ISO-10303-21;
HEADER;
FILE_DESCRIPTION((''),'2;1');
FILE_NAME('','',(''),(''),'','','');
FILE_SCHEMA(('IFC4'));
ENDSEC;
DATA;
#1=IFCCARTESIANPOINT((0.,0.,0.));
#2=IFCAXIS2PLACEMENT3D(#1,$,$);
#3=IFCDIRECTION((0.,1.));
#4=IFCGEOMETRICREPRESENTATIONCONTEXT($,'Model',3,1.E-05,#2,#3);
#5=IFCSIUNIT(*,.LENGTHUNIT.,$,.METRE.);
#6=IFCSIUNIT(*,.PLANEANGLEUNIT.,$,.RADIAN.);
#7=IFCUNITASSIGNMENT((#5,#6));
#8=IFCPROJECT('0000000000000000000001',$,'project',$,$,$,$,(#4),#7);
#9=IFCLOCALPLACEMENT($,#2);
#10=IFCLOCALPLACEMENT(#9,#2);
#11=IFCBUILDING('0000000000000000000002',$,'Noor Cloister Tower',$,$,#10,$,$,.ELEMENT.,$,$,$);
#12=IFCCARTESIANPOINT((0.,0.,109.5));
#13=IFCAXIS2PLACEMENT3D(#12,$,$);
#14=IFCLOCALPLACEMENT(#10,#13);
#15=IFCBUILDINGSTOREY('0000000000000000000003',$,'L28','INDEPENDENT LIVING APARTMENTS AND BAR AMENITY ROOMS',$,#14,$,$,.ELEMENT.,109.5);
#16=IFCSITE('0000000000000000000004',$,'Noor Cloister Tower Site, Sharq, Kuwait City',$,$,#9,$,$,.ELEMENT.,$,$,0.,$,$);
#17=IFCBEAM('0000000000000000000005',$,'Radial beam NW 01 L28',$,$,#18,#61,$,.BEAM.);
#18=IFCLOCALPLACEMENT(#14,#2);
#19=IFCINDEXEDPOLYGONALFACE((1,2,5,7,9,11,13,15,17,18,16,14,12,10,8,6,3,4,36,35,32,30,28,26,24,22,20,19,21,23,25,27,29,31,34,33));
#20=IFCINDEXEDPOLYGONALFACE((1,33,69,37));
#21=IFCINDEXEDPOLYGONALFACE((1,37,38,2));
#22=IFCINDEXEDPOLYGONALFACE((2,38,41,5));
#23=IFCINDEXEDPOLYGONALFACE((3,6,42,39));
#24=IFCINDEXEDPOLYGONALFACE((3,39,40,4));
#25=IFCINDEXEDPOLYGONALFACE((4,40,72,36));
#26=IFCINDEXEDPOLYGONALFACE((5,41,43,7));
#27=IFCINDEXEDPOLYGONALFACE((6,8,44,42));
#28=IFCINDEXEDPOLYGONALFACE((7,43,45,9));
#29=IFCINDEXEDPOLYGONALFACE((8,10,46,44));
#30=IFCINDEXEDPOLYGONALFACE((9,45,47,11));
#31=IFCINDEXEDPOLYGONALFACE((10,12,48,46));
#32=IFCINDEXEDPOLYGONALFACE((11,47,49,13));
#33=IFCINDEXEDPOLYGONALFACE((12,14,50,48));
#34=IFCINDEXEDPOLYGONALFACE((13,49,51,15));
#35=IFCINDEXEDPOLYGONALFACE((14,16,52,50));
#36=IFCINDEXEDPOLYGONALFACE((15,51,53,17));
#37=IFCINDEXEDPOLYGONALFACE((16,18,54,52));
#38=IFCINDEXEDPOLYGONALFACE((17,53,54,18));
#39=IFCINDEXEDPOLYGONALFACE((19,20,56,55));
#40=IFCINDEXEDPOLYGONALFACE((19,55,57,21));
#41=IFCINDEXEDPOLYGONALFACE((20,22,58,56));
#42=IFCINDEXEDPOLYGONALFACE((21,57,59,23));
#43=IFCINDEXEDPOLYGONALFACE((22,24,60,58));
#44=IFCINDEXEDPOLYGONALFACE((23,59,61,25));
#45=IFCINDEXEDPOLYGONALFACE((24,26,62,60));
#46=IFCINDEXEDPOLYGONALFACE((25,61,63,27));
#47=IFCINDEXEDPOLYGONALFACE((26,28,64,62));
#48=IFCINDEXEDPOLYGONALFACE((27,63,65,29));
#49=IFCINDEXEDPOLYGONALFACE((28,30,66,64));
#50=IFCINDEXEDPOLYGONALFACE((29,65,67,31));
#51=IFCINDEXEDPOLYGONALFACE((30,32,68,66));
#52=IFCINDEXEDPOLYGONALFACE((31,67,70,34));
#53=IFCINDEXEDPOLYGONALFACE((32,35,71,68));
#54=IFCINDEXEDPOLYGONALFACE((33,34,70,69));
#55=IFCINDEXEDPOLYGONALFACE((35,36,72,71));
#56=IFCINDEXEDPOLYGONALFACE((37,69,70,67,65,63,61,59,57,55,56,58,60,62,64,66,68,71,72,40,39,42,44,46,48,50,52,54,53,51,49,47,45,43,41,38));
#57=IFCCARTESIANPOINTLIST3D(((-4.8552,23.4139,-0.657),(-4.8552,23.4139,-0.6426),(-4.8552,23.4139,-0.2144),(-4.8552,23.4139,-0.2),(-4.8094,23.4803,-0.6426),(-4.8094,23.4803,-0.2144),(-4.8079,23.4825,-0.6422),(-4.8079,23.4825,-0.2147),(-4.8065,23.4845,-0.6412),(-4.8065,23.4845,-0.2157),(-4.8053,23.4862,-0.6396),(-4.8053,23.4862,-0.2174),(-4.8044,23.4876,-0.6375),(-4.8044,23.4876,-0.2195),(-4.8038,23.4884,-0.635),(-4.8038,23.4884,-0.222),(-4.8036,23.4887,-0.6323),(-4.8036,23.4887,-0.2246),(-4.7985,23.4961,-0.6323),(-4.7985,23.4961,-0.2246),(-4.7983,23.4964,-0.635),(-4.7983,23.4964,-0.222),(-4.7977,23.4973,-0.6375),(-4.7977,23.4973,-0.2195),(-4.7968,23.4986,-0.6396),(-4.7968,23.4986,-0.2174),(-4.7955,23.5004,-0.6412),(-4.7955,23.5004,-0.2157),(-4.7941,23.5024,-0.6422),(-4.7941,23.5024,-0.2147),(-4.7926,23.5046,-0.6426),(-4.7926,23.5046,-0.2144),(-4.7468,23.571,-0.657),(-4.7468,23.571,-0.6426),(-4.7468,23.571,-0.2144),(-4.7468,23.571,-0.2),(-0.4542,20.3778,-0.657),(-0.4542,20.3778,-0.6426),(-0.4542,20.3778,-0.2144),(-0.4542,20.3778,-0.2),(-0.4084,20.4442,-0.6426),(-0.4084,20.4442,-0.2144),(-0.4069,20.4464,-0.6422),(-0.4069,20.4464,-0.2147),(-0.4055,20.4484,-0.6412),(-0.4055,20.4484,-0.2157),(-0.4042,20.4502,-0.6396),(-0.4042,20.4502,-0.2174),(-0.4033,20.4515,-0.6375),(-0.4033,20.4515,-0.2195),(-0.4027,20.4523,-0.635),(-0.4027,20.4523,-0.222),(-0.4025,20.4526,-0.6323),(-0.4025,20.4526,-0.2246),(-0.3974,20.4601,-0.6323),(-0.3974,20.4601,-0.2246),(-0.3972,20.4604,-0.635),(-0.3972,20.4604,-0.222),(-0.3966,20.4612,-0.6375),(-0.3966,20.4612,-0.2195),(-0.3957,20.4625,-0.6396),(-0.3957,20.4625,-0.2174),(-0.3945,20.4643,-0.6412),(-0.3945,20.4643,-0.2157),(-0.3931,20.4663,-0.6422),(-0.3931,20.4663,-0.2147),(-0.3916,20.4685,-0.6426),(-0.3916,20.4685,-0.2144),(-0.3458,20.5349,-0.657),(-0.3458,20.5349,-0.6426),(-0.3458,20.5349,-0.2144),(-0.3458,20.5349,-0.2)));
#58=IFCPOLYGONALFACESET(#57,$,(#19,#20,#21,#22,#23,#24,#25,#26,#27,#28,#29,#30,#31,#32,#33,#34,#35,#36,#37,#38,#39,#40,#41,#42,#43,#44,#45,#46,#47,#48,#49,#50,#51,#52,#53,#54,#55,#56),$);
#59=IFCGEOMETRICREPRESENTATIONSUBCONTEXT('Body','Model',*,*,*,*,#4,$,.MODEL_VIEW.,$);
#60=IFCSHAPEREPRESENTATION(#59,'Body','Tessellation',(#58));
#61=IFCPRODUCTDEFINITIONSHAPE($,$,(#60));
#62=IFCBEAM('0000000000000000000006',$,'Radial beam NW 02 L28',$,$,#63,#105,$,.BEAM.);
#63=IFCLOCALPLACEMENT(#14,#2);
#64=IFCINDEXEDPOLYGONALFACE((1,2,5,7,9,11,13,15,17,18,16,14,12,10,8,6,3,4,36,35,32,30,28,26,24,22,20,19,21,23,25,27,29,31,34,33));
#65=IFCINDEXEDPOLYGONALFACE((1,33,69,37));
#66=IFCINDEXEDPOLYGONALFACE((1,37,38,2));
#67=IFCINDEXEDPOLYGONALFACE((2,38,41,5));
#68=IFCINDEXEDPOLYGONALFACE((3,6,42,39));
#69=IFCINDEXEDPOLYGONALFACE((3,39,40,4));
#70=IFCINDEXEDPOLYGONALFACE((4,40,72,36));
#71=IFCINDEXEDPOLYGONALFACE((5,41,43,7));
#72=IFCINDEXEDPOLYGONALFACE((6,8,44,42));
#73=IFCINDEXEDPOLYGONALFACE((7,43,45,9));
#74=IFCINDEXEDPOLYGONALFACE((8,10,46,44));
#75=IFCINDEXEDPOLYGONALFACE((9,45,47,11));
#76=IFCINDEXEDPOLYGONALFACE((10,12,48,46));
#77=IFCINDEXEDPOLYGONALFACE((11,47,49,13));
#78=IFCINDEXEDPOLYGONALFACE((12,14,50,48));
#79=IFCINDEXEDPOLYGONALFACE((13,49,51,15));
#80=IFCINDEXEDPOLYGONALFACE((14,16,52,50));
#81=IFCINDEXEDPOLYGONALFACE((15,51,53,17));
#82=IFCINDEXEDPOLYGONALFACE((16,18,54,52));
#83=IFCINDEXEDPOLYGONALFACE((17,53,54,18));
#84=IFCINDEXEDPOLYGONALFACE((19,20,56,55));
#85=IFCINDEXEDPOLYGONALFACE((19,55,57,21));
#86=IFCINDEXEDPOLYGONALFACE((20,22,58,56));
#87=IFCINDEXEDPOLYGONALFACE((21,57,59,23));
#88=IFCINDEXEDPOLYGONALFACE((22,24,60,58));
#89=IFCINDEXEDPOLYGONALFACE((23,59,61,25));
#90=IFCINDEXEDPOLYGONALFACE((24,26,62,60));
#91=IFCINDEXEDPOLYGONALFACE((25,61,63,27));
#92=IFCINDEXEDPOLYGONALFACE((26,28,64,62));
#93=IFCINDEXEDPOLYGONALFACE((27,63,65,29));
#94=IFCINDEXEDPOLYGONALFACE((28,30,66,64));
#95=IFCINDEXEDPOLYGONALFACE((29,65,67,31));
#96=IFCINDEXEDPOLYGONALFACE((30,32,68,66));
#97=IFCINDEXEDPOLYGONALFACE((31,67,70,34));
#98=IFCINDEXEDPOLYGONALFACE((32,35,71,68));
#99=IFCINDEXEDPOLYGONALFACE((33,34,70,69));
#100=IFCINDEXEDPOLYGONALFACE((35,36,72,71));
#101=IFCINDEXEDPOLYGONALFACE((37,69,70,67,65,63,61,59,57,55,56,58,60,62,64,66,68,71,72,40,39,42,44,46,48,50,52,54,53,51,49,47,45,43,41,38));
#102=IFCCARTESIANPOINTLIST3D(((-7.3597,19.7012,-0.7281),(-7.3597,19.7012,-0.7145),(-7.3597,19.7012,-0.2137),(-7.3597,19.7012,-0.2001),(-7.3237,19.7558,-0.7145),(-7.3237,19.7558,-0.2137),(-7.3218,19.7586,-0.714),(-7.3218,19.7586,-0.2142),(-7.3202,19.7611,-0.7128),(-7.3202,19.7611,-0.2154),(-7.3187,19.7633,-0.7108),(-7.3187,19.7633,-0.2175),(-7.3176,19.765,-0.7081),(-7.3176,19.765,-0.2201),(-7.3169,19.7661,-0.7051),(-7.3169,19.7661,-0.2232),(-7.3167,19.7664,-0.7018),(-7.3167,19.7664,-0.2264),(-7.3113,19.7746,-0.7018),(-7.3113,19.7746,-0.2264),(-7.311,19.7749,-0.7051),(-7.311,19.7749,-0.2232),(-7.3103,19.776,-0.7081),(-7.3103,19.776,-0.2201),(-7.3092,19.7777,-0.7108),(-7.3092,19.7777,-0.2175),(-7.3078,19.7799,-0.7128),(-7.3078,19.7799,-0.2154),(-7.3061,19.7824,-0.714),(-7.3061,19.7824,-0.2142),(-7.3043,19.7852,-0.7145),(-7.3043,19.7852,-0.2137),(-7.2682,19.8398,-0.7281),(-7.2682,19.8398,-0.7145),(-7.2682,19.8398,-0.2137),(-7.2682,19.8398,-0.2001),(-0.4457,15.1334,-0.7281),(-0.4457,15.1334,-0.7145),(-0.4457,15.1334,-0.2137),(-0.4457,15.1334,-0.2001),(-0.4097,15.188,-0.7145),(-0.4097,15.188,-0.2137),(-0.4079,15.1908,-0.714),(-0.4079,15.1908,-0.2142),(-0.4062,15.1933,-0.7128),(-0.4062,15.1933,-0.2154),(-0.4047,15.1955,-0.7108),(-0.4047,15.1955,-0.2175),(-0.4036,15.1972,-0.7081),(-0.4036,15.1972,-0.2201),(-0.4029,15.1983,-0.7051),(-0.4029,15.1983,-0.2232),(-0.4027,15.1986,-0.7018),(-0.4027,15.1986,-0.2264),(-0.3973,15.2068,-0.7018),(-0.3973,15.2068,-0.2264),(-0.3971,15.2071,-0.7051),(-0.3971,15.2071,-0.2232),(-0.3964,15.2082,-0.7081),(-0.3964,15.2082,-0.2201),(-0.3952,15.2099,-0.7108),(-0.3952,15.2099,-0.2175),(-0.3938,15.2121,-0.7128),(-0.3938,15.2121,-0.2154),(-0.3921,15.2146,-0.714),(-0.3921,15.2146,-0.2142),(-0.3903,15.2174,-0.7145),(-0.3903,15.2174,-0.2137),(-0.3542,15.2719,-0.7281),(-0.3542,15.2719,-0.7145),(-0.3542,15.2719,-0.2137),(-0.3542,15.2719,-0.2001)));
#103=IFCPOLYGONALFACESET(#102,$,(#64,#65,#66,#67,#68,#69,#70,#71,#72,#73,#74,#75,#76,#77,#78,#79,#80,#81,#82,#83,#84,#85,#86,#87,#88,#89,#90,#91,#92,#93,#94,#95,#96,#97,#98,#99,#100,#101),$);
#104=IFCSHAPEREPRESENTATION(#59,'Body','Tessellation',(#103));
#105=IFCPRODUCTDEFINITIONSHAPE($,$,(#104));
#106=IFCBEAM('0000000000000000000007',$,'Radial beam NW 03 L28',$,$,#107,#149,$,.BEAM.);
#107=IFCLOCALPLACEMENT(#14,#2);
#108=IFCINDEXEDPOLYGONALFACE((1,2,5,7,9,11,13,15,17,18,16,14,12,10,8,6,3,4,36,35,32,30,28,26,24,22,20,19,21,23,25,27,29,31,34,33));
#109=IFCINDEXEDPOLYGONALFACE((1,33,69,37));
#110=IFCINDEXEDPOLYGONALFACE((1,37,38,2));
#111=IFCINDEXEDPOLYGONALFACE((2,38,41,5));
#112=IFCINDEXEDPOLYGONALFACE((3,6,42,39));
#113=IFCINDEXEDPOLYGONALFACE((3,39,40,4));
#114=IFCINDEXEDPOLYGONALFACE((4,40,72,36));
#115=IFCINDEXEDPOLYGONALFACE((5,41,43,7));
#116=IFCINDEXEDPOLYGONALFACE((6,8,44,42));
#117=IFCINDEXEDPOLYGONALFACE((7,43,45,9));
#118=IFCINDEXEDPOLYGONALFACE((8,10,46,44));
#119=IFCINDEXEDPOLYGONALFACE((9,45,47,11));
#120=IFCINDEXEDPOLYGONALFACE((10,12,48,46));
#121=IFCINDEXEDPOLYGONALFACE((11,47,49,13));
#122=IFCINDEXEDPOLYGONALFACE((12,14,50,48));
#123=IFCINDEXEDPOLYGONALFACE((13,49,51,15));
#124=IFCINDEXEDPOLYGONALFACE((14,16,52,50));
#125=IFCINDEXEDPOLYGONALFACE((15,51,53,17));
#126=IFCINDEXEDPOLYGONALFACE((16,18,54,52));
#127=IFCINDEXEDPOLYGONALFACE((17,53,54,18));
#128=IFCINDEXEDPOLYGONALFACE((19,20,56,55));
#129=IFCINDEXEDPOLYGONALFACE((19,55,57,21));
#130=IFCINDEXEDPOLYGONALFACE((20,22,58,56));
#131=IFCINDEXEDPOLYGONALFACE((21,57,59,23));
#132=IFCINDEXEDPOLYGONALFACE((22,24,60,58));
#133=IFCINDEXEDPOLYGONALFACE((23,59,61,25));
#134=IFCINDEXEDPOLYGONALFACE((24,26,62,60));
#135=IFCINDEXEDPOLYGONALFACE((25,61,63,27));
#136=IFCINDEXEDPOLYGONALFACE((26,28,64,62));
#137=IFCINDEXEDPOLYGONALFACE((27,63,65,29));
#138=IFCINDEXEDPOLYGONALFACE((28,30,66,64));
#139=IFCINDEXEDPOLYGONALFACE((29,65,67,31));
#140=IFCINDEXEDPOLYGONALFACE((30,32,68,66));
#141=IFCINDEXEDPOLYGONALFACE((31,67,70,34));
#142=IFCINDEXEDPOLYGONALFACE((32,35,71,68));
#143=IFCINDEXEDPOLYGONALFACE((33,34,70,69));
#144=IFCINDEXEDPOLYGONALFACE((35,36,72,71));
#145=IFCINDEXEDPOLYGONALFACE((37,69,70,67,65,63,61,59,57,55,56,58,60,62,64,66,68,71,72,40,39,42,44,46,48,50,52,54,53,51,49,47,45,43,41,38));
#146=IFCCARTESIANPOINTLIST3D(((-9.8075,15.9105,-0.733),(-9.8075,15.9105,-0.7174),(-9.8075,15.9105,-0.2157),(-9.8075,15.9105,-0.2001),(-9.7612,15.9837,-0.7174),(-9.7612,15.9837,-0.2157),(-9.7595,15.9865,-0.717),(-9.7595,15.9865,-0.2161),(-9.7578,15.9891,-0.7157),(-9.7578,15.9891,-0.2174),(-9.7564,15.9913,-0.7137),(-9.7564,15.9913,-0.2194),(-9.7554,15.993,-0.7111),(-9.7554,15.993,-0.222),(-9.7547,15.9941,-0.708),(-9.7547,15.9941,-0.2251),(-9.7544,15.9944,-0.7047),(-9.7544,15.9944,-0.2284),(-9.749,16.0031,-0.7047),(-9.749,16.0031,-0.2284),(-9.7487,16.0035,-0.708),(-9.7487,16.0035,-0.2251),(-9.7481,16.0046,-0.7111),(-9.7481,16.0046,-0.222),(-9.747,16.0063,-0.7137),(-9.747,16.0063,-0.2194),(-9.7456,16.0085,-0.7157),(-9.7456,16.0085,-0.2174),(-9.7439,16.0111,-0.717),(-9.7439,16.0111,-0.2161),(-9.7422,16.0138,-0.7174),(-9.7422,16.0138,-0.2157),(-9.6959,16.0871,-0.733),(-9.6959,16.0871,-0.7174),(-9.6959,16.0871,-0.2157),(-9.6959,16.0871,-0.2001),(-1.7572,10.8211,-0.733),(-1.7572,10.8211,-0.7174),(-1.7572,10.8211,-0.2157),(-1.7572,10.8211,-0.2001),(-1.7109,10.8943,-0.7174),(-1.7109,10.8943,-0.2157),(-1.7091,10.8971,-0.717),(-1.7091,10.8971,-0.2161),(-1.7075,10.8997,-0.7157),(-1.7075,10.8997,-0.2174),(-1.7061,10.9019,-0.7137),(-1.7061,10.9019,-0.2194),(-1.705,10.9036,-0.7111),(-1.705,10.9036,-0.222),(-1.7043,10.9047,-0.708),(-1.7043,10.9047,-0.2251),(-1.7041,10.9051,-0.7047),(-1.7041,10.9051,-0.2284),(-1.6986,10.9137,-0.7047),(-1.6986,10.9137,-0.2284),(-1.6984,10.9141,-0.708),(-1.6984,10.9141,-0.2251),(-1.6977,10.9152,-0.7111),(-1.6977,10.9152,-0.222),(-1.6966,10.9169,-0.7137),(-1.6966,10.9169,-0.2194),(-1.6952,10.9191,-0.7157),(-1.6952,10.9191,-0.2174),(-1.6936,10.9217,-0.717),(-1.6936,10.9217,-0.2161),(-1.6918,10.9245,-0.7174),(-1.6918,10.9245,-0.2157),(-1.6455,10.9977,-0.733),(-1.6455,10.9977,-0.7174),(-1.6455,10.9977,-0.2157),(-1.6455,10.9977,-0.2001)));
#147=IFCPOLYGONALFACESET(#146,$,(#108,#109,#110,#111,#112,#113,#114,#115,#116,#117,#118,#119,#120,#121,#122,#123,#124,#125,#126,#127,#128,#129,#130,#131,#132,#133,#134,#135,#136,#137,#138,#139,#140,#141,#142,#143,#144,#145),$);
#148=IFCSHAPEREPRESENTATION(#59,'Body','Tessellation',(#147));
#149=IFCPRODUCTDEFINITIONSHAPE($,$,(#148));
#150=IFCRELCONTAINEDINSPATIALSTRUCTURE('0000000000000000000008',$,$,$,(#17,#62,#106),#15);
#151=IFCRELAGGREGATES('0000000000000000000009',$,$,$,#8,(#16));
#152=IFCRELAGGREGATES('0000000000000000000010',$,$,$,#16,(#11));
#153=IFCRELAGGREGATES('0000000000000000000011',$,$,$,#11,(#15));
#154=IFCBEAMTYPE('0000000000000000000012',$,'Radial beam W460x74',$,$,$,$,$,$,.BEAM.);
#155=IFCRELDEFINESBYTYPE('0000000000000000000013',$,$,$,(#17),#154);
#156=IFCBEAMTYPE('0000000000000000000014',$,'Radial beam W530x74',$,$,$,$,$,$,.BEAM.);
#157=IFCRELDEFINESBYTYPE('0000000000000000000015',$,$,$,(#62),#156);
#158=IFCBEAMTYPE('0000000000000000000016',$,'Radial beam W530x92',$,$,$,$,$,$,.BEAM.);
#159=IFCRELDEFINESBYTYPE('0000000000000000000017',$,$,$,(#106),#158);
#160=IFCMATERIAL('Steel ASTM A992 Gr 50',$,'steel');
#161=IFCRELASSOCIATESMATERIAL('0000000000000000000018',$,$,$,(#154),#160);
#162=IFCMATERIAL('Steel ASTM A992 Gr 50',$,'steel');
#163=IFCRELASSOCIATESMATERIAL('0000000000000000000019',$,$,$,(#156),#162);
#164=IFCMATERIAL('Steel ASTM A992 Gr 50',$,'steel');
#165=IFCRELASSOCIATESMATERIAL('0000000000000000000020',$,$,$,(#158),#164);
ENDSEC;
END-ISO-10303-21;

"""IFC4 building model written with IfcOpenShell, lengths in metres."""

from ifc_helpers import new_model, si_unit, direction, frame, origin, origin_2d, place, context, subcontext, project, spatial, i_section, extrude, material, material_profile, profile_set, type_object, element, save


model = new_model("IFC4")

# Units and contexts
model_context = context("Model", 3, precision=1e-05, world=origin(), true_north=direction((0.0, 1.0)))
body_context = subcontext(model_context, "Body", "Model", "MODEL_VIEW")
ifc_project = project(units=[si_unit("LENGTHUNIT", "METRE"), si_unit("PLANEANGLEUNIT", "RADIAN")], contexts=[model_context])

# Site, building, storey
site_placement = place(None, origin())
site = spatial("IfcSite", under=ifc_project, at=site_placement, Name="Noor Cloister Tower Site, Sharq, Kuwait City", CompositionType="ELEMENT", RefElevation=0.0)
building_placement = place(site_placement, origin())
building = spatial("IfcBuilding", under=site, at=building_placement, Name="Noor Cloister Tower", CompositionType="ELEMENT")
storey_placement = place(building_placement, frame((0.0, 0.0, 109.5)))
storey = spatial("IfcBuildingStorey", under=building, at=storey_placement, Name="L28", Description="INDEPENDENT LIVING APARTMENTS AND BAR AMENITY ROOMS", CompositionType="ELEMENT", Elevation=109.5)

# Beams
ifc_material_1 = material(Name="Steel ASTM A992 Gr 50", Category="steel")
ifc_material_profile_1 = material_profile(ifc_material_1, i_section(OverallWidth=0.1909, OverallDepth=0.457, WebThickness=0.009, FlangeThickness=0.0144, FilletRadius=0.0103, at=origin_2d()), Name="W460x74")
ifc_profile_set_1 = profile_set([ifc_material_profile_1], Name="Steel ASTM A992 Gr 50")
beam_type_1 = type_object("IfcBeamType", Name="Radial beam W460x74", PredefinedType="BEAM", material=ifc_profile_set_1)
beam_1_placement = place(storey_placement, frame((-4.801, 23.4924, -0.4285), z_axis=(0.823136, -0.567844, 0.0), x_axis=(0.567844, 0.823136, 0.0)))
element("IfcBeam", 1, at=beam_1_placement, inside=storey, type_object=beam_type_1, Name="Radial beam NW 01 L28", PredefinedType="BEAM", context=body_context, shape_type="SweptSolid", body=[
    extrude(i_section(OverallWidth=0.1909, OverallDepth=0.457, WebThickness=0.009, FlangeThickness=0.0144, FilletRadius=0.0103, at=origin_2d()), origin(), (0.0, 0.0, 1.0), 5.3467),
])
ifc_material_2 = material(Name="Steel ASTM A992 Gr 50", Category="steel")
ifc_material_profile_2 = material_profile(ifc_material_2, i_section(OverallWidth=0.166, OverallDepth=0.5281, WebThickness=0.0098, FlangeThickness=0.0137, FilletRadius=0.0127, at=origin_2d()), Name="W530x74")
ifc_profile_set_2 = profile_set([ifc_material_profile_2], Name="Steel ASTM A992 Gr 50")
beam_type_2 = type_object("IfcBeamType", Name="Radial beam W530x74", PredefinedType="BEAM", material=ifc_profile_set_2)
beam_2_placement = place(storey_placement, frame((-7.314, 19.7705, -0.4641), z_axis=(0.834355, -0.551228, 0.0), x_axis=(0.551228, 0.834355, 0.0)))
element("IfcBeam", 2, at=beam_2_placement, inside=storey, type_object=beam_type_2, Name="Radial beam NW 02 L28", PredefinedType="BEAM", context=body_context, shape_type="SweptSolid", body=[
    extrude(i_section(OverallWidth=0.166, OverallDepth=0.5281, WebThickness=0.0098, FlangeThickness=0.0137, FilletRadius=0.0127, at=origin_2d()), origin(), (0.0, 0.0, 1.0), 8.2866),
])
ifc_material_3 = material(Name="Steel ASTM A992 Gr 50", Category="steel")
ifc_material_profile_3 = material_profile(ifc_material_3, i_section(OverallWidth=0.209, OverallDepth=0.533, WebThickness=0.0103, FlangeThickness=0.0156, FilletRadius=0.0127, at=origin_2d()), Name="W530x92")
ifc_profile_set_3 = profile_set([ifc_material_profile_3], Name="Steel ASTM A992 Gr 50")
beam_type_3 = type_object("IfcBeamType", Name="Radial beam W530x92", PredefinedType="BEAM", material=ifc_profile_set_3)
beam_3_placement = place(storey_placement, frame((-9.7517, 15.9988, -0.4666), z_axis=(0.845254, -0.534365, 0.0), x_axis=(0.534365, 0.845254, 0.0)))
element("IfcBeam", 3, at=beam_3_placement, inside=storey, type_object=beam_type_3, Name="Radial beam NW 03 L28", PredefinedType="BEAM", context=body_context, shape_type="SweptSolid", body=[
    extrude(i_section(OverallWidth=0.209, OverallDepth=0.533, WebThickness=0.0103, FlangeThickness=0.0156, FilletRadius=0.0127, at=origin_2d()), origin(), (0.0, 0.0, 1.0), 9.5242),
])

save(model, "model.ifc")
